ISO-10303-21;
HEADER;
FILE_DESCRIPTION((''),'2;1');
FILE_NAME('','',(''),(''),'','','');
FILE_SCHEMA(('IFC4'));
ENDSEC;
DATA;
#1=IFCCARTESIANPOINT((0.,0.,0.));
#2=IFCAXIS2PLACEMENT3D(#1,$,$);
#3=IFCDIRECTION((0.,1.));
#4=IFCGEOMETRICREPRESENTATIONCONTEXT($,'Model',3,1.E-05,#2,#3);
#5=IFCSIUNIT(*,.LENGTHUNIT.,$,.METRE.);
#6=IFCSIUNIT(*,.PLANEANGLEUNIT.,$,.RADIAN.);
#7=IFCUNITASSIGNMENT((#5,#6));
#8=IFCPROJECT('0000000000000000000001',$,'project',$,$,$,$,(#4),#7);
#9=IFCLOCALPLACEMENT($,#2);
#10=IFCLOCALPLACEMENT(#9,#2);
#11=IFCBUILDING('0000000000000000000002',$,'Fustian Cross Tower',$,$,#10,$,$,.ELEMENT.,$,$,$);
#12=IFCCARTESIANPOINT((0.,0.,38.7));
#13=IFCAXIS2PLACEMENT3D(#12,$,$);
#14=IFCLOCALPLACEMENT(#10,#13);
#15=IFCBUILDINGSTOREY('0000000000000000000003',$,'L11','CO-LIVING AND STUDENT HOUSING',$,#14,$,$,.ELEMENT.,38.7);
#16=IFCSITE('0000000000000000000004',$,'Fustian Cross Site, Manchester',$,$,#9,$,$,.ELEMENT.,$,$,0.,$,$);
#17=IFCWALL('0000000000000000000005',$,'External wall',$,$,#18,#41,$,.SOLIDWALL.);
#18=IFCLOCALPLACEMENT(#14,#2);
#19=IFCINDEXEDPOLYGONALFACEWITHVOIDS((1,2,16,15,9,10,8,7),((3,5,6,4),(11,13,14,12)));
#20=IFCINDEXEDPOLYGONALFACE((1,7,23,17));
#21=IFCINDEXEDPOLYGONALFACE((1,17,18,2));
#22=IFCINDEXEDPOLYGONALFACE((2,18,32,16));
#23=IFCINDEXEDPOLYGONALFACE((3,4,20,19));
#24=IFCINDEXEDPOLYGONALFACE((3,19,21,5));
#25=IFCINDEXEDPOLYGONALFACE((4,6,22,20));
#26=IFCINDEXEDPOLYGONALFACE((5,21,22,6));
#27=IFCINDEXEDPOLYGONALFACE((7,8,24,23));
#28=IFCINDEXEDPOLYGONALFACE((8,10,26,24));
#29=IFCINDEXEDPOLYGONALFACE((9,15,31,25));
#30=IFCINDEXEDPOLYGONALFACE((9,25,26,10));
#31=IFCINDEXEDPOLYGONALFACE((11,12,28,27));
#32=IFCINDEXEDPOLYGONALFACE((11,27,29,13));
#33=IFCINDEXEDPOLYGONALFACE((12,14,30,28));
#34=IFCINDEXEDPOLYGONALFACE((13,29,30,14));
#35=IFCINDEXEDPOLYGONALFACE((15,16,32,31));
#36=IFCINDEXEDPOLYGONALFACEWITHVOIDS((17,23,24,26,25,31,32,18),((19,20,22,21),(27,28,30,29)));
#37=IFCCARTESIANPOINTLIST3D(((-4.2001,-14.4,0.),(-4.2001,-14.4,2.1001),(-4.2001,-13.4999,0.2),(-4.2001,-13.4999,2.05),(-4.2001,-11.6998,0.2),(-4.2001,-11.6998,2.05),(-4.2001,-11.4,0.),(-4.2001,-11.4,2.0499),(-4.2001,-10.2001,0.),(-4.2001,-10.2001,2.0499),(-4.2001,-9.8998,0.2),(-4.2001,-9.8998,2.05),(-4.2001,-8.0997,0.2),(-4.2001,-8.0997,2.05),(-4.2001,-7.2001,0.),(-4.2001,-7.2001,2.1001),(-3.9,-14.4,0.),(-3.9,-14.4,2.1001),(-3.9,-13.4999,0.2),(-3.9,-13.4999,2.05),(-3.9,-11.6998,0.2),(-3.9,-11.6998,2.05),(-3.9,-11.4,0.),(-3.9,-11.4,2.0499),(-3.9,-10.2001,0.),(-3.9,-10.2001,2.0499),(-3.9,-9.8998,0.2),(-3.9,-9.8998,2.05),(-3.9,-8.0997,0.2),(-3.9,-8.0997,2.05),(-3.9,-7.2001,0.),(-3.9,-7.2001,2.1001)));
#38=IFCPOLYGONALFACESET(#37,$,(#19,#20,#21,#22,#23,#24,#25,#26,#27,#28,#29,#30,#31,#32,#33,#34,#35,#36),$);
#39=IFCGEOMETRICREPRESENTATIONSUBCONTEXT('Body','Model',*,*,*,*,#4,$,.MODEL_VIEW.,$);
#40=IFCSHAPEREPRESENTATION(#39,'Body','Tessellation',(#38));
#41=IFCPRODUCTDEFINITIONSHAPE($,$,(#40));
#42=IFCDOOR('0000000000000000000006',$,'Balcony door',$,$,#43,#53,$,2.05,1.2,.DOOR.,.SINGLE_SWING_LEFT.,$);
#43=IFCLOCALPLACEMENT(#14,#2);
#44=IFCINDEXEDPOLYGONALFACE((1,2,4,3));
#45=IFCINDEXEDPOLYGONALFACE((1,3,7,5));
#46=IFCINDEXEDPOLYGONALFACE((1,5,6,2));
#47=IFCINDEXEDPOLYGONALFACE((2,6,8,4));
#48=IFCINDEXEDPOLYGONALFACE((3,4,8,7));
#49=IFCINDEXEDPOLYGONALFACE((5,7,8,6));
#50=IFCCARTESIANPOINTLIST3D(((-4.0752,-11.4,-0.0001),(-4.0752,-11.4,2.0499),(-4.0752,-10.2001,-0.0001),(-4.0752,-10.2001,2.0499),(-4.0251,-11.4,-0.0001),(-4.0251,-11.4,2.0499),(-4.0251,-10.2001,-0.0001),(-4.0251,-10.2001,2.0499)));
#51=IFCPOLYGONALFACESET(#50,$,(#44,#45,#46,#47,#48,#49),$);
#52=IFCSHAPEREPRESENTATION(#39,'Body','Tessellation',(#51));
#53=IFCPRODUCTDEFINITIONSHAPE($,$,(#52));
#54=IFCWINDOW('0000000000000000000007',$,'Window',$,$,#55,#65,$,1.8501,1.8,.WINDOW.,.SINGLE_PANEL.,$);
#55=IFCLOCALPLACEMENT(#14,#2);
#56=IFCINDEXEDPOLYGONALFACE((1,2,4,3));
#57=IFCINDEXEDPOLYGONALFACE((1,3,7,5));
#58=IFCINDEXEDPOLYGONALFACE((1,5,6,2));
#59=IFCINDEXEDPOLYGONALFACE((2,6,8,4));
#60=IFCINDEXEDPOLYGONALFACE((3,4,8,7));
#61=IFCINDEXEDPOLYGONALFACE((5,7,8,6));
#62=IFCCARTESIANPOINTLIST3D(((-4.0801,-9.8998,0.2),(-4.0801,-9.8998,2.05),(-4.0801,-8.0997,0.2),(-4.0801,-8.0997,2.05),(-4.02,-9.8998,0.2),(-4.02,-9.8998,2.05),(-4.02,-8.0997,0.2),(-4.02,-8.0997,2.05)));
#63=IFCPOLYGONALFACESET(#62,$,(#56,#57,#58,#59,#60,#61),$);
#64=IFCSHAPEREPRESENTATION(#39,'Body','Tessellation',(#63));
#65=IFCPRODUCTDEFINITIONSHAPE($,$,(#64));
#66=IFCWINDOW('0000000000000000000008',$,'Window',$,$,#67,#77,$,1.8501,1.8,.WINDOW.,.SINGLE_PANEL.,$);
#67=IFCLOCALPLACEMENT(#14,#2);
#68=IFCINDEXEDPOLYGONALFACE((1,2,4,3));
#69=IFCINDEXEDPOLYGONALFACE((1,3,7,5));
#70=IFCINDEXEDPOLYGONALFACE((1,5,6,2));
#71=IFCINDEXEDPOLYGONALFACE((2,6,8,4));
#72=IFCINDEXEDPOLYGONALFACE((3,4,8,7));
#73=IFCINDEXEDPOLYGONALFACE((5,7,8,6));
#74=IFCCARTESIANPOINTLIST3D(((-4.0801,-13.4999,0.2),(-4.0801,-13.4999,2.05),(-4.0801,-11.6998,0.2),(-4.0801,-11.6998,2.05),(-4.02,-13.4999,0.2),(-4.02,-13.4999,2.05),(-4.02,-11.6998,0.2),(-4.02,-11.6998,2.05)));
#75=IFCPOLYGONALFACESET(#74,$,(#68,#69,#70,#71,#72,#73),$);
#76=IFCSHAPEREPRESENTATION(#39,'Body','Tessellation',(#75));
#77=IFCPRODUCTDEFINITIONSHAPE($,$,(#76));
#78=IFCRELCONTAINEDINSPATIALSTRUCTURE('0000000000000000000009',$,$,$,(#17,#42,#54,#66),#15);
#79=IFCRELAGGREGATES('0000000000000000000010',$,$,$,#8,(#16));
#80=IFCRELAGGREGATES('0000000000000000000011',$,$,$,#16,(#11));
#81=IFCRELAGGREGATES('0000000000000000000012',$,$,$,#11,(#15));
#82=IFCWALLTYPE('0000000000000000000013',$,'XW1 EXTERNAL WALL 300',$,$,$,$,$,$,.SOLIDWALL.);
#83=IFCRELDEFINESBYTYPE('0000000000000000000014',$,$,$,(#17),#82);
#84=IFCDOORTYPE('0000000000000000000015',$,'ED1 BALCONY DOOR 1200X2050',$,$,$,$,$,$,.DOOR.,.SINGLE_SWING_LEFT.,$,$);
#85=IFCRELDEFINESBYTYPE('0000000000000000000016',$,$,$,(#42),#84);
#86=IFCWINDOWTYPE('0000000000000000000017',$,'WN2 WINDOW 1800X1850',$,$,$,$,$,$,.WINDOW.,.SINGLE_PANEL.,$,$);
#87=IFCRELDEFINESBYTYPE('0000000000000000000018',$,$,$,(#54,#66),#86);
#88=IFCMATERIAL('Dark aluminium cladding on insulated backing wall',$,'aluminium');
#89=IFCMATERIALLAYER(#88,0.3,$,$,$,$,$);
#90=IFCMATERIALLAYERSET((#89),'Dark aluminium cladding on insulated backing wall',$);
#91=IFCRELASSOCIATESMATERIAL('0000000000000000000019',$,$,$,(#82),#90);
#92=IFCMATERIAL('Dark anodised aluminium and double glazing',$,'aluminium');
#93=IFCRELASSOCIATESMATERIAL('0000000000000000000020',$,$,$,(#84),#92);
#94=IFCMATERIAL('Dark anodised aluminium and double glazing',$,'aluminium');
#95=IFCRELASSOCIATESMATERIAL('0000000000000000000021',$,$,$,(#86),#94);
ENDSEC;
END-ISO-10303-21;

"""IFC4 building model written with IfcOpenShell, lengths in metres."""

from ifc_helpers import new_model, si_unit, direction, frame, frame_2d, origin, place, context, subcontext, project, spatial, rectangle, extrude, material, layer, layer_set, type_object, element, fill, save


model = new_model("IFC4")

# Units and contexts
model_context = context("Model", 3, precision=1e-05, world=origin(), true_north=direction((0.0, 1.0)))
body_context = subcontext(model_context, "Body", "Model", "MODEL_VIEW")
ifc_project = project(units=[si_unit("LENGTHUNIT", "METRE"), si_unit("PLANEANGLEUNIT", "RADIAN")], contexts=[model_context])

# Site, building, storey
site_placement = place(None, origin())
site = spatial("IfcSite", under=ifc_project, at=site_placement, Name="Fustian Cross Site, Manchester", CompositionType="ELEMENT", RefElevation=0.0)
building_placement = place(site_placement, origin())
building = spatial("IfcBuilding", under=site, at=building_placement, Name="Fustian Cross Tower", CompositionType="ELEMENT")
storey_placement = place(building_placement, frame((0.0, 0.0, 38.7)))
storey = spatial("IfcBuildingStorey", under=building, at=storey_placement, Name="L11", Description="CO-LIVING AND STUDENT HOUSING", CompositionType="ELEMENT", Elevation=38.7)

# Shared definitions
ifc_material_1 = material(Name="Dark aluminium cladding on insulated backing wall", Category="aluminium")
ifc_layer_1 = layer(ifc_material_1, 0.3)
ifc_layer_set_1 = layer_set([ifc_layer_1], Name="Dark aluminium cladding on insulated backing wall")
wall_type_1 = type_object("IfcWallType", Name="XW1 EXTERNAL WALL 300", PredefinedType="SOLIDWALL", material=ifc_layer_set_1)

# Wall, openings, door, windows
wall_1_placement = place(storey_placement, frame((-4.05, -7.2, 0.0), z_axis=(0.0, 0.0, 1.0), x_axis=(0.0, -1.0, 0.0)))
wall_1 = element("IfcWall", 1, at=wall_1_placement, inside=storey, type_object=wall_type_1, Name="External wall", PredefinedType="SOLIDWALL", context=body_context, shape_type="SweptSolid", body=[
    extrude(rectangle(XDim=7.2, YDim=0.3, at=frame_2d((3.6001, 0.0))), origin(), (0.0, 0.0, 1.0), 2.1001),
])
opening_1_placement = place(wall_1_placement, frame((3.0, 0.0, 0.0)))
opening_1 = element("IfcOpeningElement", 2, at=opening_1_placement, cuts=wall_1, PredefinedType="OPENING", context=body_context, shape_type="SweptSolid", body=[
    extrude(rectangle(XDim=1.2, YDim=2.05, at=frame_2d((0.6001, 1.0249))), frame((0.0, 0.1599, 0.0), z_axis=(0.0, -1.0, 0.0), x_axis=(1.0, 0.0, 0.0)), (0.0, 0.0, 1.0), 0.3201),
])
opening_2_placement = place(wall_1_placement, frame((0.8999, 0.0, 0.2)))
opening_2 = element("IfcOpeningElement", 3, at=opening_2_placement, cuts=wall_1, PredefinedType="OPENING", context=body_context, shape_type="SweptSolid", body=[
    extrude(rectangle(XDim=1.8, YDim=1.8501, at=frame_2d((0.8999, 0.925))), frame((0.0, 0.1599, 0.0), z_axis=(0.0, -1.0, 0.0), x_axis=(1.0, 0.0, 0.0)), (0.0, 0.0, 1.0), 0.3201),
])
opening_3_placement = place(wall_1_placement, frame((4.5, 0.0, 0.2)))
opening_3 = element("IfcOpeningElement", 4, at=opening_3_placement, cuts=wall_1, PredefinedType="OPENING", context=body_context, shape_type="SweptSolid", body=[
    extrude(rectangle(XDim=1.8, YDim=1.8501, at=frame_2d((0.8999, 0.925))), frame((0.0, 0.1599, 0.0), z_axis=(0.0, -1.0, 0.0), x_axis=(1.0, 0.0, 0.0)), (0.0, 0.0, 1.0), 0.3201),
])
ifc_material_2 = material(Name="Dark anodised aluminium and double glazing", Category="aluminium")
door_type_1 = type_object("IfcDoorType", Name="ED1 BALCONY DOOR 1200X2050", OperationType="SINGLE_SWING_LEFT", PredefinedType="DOOR", material=ifc_material_2)
door_1_placement = place(opening_1_placement, origin())
door_1 = element("IfcDoor", 5, at=door_1_placement, inside=storey, type_object=door_type_1, Name="Balcony door", OperationType="SINGLE_SWING_LEFT", OverallHeight=2.05, OverallWidth=1.2, PredefinedType="DOOR", context=body_context, shape_type="SweptSolid", body=[
    extrude(rectangle(XDim=1.2, YDim=2.05, at=frame_2d((0.6001, 1.0249))), frame((0.0, 0.0249, 0.0), z_axis=(0.0, -1.0, 0.0), x_axis=(1.0, 0.0, 0.0)), (0.0, 0.0, 1.0), 0.05),
])
fill(opening_1, door_1)
ifc_material_3 = material(Name="Dark anodised aluminium and double glazing", Category="aluminium")
window_type = type_object("IfcWindowType", Name="WN2 WINDOW 1800X1850", PartitioningType="SINGLE_PANEL", PredefinedType="WINDOW", material=ifc_material_3)
window_1_placement = place(opening_2_placement, origin())
window_1 = element("IfcWindow", 6, at=window_1_placement, inside=storey, type_object=window_type, Name="Window", OverallHeight=1.8501, OverallWidth=1.8, PartitioningType="SINGLE_PANEL", PredefinedType="WINDOW", context=body_context, shape_type="SweptSolid", body=[
    extrude(rectangle(XDim=1.8, YDim=1.8501, at=frame_2d((0.8999, 0.925))), frame((0.0, 0.03, 0.0), z_axis=(0.0, -1.0, 0.0), x_axis=(1.0, 0.0, 0.0)), (0.0, 0.0, 1.0), 0.0601),
])
fill(opening_2, window_1)
window_2_placement = place(opening_3_placement, origin())
window_2 = element("IfcWindow", 7, at=window_2_placement, inside=storey, type_object=window_type, Name="Window", OverallHeight=1.8501, OverallWidth=1.8, PartitioningType="SINGLE_PANEL", PredefinedType="WINDOW", context=body_context, shape_type="SweptSolid", body=[
    extrude(rectangle(XDim=1.8, YDim=1.8501, at=frame_2d((0.8999, 0.925))), frame((0.0, 0.03, 0.0), z_axis=(0.0, -1.0, 0.0), x_axis=(1.0, 0.0, 0.0)), (0.0, 0.0, 1.0), 0.0601),
])
fill(opening_3, window_2)

save(model, "model.ifc")
